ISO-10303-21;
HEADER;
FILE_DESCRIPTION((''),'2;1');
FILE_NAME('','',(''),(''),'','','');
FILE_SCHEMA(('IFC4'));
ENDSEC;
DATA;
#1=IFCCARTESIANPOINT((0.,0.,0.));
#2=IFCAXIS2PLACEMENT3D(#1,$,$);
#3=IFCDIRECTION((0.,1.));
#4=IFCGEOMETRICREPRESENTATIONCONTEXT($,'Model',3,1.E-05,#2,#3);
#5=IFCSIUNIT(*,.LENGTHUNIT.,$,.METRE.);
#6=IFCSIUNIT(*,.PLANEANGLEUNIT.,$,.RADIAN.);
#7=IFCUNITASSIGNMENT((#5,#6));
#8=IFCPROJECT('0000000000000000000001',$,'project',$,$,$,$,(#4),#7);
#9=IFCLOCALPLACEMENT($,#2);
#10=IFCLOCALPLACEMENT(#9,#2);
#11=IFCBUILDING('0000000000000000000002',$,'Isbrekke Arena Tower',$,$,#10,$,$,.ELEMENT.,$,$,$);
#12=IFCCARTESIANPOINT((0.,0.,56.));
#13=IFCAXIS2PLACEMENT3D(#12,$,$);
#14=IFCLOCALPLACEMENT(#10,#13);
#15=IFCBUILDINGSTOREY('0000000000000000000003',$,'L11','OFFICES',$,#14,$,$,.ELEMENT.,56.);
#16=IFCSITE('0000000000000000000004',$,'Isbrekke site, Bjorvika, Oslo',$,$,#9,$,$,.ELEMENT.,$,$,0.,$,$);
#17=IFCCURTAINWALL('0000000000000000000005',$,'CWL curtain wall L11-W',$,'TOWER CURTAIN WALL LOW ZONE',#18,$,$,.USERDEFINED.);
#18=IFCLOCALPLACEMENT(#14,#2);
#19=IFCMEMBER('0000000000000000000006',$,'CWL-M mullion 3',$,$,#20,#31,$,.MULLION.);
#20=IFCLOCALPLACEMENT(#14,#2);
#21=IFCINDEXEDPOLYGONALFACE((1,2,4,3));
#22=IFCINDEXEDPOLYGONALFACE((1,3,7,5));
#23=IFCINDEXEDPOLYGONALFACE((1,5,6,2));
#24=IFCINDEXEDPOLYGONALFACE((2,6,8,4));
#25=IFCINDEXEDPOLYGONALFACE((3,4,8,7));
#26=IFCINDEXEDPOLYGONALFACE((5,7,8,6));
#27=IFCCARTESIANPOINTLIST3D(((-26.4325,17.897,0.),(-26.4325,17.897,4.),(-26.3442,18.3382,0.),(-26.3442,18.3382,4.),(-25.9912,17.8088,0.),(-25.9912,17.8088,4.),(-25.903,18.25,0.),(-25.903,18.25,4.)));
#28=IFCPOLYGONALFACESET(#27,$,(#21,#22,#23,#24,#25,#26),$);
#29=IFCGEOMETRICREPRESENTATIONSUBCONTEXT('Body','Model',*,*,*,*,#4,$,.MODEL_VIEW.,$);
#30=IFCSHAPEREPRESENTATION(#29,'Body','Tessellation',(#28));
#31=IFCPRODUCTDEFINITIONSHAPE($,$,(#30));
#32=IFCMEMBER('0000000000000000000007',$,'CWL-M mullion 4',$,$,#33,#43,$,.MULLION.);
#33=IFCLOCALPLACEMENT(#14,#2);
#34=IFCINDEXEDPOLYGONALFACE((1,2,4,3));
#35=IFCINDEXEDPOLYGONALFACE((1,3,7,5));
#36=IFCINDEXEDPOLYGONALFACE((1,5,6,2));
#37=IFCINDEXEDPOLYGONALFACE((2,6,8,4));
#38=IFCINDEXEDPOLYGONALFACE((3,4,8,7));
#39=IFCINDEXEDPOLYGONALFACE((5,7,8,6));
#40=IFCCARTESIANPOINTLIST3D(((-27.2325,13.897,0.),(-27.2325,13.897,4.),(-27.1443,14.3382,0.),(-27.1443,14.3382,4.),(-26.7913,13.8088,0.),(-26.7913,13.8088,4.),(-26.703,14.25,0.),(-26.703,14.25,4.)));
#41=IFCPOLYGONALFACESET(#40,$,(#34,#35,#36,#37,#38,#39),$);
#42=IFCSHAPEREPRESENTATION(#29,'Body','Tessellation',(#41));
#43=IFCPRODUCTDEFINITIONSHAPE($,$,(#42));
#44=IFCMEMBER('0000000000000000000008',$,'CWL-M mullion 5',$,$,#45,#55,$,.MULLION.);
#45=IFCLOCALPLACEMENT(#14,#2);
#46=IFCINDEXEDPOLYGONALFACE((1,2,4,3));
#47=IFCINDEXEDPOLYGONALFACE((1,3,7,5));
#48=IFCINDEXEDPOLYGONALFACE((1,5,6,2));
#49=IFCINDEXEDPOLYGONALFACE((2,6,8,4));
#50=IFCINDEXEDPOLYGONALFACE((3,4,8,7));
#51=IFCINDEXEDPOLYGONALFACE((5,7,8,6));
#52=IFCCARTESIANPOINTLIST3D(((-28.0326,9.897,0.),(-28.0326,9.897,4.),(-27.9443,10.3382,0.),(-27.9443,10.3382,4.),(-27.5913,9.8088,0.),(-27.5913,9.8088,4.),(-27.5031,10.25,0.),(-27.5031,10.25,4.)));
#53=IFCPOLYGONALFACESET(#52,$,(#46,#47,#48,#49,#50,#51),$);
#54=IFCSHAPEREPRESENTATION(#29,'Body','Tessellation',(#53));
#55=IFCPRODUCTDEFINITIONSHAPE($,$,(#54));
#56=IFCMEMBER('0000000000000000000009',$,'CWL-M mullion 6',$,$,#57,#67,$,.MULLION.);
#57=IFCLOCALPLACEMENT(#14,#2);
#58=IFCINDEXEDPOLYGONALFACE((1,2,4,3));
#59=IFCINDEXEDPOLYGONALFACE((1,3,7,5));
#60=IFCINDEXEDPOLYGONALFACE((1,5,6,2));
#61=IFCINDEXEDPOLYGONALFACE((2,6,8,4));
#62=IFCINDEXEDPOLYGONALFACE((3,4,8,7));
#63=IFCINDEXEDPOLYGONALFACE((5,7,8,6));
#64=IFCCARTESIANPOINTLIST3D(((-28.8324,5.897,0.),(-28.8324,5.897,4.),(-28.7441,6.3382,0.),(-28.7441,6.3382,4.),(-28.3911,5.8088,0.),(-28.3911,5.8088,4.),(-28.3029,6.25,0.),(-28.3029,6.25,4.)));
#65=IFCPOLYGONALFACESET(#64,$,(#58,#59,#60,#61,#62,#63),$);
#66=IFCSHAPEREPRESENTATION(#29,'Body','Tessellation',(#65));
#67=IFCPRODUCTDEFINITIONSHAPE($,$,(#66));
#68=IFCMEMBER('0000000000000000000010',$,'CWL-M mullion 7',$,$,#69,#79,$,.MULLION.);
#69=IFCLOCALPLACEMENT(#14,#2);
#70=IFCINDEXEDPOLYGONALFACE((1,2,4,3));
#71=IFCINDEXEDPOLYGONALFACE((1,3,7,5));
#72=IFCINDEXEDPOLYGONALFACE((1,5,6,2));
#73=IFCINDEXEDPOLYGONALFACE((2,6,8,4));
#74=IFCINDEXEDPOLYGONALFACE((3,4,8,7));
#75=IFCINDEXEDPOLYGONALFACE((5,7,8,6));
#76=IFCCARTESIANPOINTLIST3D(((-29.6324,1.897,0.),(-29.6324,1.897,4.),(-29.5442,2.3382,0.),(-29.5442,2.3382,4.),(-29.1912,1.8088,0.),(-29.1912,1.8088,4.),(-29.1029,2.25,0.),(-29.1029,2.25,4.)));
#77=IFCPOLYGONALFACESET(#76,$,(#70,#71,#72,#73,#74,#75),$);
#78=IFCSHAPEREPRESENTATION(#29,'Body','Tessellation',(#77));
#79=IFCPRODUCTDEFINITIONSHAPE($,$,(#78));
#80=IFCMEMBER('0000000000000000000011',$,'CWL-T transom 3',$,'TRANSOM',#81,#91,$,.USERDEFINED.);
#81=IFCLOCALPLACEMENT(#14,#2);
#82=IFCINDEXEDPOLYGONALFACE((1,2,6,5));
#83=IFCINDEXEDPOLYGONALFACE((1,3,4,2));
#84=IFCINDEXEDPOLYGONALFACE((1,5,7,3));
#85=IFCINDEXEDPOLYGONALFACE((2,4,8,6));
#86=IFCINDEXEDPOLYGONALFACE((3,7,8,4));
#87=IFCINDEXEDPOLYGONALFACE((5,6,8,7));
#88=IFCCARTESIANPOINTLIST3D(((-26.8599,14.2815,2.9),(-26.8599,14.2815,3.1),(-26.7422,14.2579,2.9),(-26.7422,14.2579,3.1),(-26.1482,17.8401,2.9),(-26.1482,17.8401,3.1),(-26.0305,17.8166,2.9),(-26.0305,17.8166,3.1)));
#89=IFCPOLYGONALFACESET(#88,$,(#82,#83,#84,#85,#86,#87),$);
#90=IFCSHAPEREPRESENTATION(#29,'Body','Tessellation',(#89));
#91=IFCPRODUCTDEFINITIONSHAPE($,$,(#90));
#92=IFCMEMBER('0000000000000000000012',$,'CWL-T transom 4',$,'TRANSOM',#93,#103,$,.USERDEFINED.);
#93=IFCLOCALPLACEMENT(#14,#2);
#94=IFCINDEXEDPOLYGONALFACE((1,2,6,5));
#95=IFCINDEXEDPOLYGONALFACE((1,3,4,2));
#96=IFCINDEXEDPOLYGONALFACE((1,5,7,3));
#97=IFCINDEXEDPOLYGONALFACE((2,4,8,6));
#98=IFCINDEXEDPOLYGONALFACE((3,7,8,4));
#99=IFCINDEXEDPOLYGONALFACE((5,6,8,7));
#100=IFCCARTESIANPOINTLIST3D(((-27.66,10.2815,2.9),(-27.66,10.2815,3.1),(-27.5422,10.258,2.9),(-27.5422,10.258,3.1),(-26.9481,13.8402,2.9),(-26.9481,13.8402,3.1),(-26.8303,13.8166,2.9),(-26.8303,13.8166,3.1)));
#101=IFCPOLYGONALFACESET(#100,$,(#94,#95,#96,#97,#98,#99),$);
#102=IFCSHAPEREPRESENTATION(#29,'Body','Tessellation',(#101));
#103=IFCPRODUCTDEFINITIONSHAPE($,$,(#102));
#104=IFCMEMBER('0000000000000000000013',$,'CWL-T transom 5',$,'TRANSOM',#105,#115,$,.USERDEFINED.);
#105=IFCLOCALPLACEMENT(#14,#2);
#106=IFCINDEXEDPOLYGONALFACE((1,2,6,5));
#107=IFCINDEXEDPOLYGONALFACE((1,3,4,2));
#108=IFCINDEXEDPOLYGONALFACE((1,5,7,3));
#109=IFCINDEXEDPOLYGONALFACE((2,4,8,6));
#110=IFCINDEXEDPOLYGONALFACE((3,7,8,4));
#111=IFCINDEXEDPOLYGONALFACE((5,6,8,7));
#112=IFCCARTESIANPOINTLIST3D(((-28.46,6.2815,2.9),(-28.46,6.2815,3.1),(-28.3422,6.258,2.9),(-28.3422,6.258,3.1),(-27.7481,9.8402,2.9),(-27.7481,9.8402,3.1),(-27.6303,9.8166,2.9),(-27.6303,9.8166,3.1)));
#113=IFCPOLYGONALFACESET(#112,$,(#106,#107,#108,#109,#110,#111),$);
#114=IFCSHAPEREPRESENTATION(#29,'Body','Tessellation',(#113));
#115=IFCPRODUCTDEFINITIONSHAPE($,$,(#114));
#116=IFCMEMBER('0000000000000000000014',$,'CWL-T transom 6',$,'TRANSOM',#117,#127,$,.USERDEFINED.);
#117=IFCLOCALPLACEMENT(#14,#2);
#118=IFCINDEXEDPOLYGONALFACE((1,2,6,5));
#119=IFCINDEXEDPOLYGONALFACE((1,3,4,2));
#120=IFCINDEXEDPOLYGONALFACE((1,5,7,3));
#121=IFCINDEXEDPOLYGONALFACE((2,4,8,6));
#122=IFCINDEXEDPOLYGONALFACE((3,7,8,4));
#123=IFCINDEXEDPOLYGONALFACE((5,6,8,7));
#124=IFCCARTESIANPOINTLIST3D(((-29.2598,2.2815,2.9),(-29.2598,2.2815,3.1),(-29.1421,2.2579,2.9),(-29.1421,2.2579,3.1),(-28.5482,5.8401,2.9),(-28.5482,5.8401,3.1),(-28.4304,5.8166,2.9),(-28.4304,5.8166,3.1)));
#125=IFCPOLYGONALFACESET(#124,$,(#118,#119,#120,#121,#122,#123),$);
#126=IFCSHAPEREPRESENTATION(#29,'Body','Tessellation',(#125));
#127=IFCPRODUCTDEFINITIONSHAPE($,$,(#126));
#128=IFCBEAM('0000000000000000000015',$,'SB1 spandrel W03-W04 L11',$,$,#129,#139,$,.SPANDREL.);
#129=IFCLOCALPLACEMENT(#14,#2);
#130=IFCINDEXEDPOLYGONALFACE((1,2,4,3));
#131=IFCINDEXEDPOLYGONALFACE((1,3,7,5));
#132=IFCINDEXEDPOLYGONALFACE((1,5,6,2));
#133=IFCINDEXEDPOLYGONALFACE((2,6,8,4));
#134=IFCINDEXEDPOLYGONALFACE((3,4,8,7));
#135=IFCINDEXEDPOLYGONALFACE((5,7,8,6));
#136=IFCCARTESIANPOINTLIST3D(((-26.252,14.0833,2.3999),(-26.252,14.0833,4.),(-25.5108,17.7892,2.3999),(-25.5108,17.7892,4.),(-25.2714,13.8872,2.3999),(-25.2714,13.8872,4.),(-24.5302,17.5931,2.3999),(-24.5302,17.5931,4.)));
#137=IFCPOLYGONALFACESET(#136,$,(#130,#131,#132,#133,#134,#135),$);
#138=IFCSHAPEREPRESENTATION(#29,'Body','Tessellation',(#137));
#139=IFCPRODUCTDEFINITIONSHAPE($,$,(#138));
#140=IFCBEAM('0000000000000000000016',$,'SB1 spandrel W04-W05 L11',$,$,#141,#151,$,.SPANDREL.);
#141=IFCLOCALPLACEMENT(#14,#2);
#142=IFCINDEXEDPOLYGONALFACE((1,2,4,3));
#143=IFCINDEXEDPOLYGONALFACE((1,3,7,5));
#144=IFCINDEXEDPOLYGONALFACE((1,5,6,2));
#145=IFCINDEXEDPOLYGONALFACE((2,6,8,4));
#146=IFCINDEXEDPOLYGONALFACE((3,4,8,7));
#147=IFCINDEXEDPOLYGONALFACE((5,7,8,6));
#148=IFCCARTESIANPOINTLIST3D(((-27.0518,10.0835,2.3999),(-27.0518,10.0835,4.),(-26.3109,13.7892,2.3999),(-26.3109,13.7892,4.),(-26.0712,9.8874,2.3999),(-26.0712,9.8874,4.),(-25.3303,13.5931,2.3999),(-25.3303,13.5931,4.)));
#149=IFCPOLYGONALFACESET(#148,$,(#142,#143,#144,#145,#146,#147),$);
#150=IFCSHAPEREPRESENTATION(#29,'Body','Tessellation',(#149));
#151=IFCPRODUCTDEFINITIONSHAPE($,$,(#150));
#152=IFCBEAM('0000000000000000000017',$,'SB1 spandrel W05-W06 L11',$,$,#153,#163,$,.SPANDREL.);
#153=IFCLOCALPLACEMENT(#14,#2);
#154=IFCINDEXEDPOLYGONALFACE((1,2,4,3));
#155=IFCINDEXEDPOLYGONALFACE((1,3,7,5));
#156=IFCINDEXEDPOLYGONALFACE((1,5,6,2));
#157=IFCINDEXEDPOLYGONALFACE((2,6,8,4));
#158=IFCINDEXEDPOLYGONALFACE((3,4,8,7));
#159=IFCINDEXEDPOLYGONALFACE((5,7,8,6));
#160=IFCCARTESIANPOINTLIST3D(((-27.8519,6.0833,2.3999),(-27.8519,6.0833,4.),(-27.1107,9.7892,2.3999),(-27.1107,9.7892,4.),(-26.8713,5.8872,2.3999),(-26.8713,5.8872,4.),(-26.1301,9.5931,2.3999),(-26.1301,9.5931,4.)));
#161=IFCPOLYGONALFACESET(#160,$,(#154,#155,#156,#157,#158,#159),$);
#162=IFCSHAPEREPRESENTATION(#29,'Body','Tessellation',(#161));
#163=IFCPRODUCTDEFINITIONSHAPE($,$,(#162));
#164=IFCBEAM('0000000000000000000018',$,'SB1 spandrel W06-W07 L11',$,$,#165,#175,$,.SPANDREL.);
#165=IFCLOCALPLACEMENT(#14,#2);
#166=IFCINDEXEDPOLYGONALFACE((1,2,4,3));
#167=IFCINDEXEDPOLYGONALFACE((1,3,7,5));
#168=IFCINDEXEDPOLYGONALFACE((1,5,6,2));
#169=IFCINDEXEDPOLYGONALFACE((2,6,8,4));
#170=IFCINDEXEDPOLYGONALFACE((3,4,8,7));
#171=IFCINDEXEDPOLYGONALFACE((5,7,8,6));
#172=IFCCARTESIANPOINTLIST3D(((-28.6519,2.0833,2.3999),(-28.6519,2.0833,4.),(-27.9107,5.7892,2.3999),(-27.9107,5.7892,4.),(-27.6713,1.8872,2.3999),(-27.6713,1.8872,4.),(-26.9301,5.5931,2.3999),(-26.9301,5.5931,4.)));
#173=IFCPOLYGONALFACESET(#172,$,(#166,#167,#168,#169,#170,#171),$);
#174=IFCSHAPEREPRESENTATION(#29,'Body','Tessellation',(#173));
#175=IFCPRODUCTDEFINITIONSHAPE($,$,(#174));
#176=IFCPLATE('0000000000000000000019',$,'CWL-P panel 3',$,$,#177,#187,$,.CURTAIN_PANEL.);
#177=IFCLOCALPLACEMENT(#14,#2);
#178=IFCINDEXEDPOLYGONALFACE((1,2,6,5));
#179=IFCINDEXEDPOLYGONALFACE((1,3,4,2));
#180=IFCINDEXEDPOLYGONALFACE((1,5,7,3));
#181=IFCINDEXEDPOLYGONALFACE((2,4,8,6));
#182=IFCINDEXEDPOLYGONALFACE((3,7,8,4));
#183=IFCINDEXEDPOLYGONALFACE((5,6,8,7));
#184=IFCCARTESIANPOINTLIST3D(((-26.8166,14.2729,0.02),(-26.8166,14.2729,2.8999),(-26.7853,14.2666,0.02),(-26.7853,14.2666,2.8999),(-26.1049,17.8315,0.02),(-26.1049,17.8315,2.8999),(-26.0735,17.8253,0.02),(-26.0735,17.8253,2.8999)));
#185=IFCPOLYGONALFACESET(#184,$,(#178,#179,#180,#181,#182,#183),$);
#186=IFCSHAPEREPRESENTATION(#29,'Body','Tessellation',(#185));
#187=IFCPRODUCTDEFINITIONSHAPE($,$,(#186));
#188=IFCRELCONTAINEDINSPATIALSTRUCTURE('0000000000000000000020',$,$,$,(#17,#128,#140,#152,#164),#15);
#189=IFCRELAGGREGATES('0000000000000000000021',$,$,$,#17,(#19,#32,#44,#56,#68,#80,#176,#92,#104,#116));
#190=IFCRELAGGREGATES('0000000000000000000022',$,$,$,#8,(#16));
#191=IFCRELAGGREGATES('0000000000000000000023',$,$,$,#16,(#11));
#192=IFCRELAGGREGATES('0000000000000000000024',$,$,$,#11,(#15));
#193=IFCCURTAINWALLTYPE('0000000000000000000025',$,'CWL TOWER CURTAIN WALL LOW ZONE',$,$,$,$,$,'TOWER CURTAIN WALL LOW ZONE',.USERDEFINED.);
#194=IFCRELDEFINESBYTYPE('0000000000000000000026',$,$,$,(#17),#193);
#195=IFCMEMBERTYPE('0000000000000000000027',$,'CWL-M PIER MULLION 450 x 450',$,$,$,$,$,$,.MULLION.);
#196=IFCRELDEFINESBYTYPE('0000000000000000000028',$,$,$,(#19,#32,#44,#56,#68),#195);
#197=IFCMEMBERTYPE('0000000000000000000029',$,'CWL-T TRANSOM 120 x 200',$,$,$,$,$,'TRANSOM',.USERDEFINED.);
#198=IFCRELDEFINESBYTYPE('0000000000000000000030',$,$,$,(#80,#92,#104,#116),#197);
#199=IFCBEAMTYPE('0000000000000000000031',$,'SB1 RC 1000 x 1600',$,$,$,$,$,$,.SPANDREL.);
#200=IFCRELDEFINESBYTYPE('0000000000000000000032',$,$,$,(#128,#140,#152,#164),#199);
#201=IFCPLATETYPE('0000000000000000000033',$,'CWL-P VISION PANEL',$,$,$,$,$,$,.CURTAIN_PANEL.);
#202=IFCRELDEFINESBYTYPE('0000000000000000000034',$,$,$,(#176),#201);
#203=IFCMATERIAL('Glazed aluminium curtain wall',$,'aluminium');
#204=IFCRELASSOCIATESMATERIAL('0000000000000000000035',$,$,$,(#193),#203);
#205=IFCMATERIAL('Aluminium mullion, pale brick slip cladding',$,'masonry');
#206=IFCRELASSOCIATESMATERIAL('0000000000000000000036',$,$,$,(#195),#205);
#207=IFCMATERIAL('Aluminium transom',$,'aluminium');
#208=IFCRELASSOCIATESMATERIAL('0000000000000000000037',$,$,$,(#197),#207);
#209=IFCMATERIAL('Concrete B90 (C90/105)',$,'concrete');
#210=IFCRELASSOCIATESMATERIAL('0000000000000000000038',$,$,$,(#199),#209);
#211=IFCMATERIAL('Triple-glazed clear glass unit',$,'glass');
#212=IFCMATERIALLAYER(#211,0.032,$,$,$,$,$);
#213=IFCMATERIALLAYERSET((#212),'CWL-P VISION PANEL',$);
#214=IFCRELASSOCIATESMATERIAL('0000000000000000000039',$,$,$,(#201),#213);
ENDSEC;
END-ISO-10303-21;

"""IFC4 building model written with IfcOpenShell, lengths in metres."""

from ifc_helpers import new_model, si_unit, direction, frame, origin, origin_2d, place, context, subcontext, project, spatial, rectangle, extrude, material, layer, layer_set, material_profile, profile_set, type_object, element, aggregate, save


model = new_model("IFC4")

# Units and contexts
model_context = context("Model", 3, precision=1e-05, world=origin(), true_north=direction((0.0, 1.0)))
body_context = subcontext(model_context, "Body", "Model", "MODEL_VIEW")
ifc_project = project(units=[si_unit("LENGTHUNIT", "METRE"), si_unit("PLANEANGLEUNIT", "RADIAN")], contexts=[model_context])

# Site, building, storey
site_placement = place(None, origin())
site = spatial("IfcSite", under=ifc_project, at=site_placement, Name="Isbrekke site, Bjorvika, Oslo", CompositionType="ELEMENT", RefElevation=0.0)
building_placement = place(site_placement, origin())
building = spatial("IfcBuilding", under=site, at=building_placement, Name="Isbrekke Arena Tower", CompositionType="ELEMENT")
storey_placement = place(building_placement, frame((0.0, 0.0, 56.0)))
storey = spatial("IfcBuildingStorey", under=building, at=storey_placement, Name="L11", Description="OFFICES", CompositionType="ELEMENT", Elevation=56.0)

# Curtain wall, members
ifc_material_1 = material(Name="Glazed aluminium curtain wall", Category="aluminium")
curtain_wall_type = type_object("IfcCurtainWallType", Name="CWL TOWER CURTAIN WALL LOW ZONE", ElementType="TOWER CURTAIN WALL LOW ZONE", PredefinedType="USERDEFINED", material=ifc_material_1)
curtain_wall_placement = place(storey_placement, origin())
curtain_wall = element("IfcCurtainWall", 1, at=curtain_wall_placement, inside=storey, type_object=curtain_wall_type, Name="CWL curtain wall L11-W", ObjectType="TOWER CURTAIN WALL LOW ZONE", PredefinedType="USERDEFINED")
ifc_material_2 = material(Name="Aluminium mullion, pale brick slip cladding", Category="masonry")
ifc_material_profile_1 = material_profile(ifc_material_2, rectangle(XDim=0.45, YDim=0.45, at=origin_2d()), Name="PIER 450X450")
ifc_profile_set_1 = profile_set([ifc_material_profile_1], Name="Aluminium mullion, pale brick slip cladding")
member_type_1 = type_object("IfcMemberType", Name="CWL-M PIER MULLION 450 x 450", PredefinedType="MULLION", material=ifc_profile_set_1)
member_1_placement = place(storey_placement, frame((-26.1677, 18.0735, 0.0), z_axis=(0.0, 0.0, 1.0), x_axis=(-0.196116, -0.980581, 0.0)))
member_1 = element("IfcMember", 2, at=member_1_placement, type_object=member_type_1, Name="CWL-M mullion 3", PredefinedType="MULLION", context=body_context, shape_type="SweptSolid", body=[
    extrude(rectangle(XDim=0.45, YDim=0.45, at=origin_2d()), origin(), (0.0, 0.0, 1.0), 4.0),
])
member_2_placement = place(storey_placement, frame((-26.9678, 14.0735, 0.0), z_axis=(0.0, 0.0, 1.0), x_axis=(-0.196116, -0.980581, 0.0)))
member_2 = element("IfcMember", 3, at=member_2_placement, type_object=member_type_1, Name="CWL-M mullion 4", PredefinedType="MULLION", context=body_context, shape_type="SweptSolid", body=[
    extrude(rectangle(XDim=0.45, YDim=0.45, at=origin_2d()), origin(), (0.0, 0.0, 1.0), 4.0),
])
member_3_placement = place(storey_placement, frame((-27.7678, 10.0735, 0.0), z_axis=(0.0, 0.0, 1.0), x_axis=(-0.196116, -0.980581, 0.0)))
member_3 = element("IfcMember", 4, at=member_3_placement, type_object=member_type_1, Name="CWL-M mullion 5", PredefinedType="MULLION", context=body_context, shape_type="SweptSolid", body=[
    extrude(rectangle(XDim=0.45, YDim=0.45, at=origin_2d()), origin(), (0.0, 0.0, 1.0), 4.0),
])
member_4_placement = place(storey_placement, frame((-28.5676, 6.0735, 0.0), z_axis=(0.0, 0.0, 1.0), x_axis=(-0.196116, -0.980581, 0.0)))
member_4 = element("IfcMember", 5, at=member_4_placement, type_object=member_type_1, Name="CWL-M mullion 6", PredefinedType="MULLION", context=body_context, shape_type="SweptSolid", body=[
    extrude(rectangle(XDim=0.45, YDim=0.45, at=origin_2d()), origin(), (0.0, 0.0, 1.0), 4.0),
])
member_5_placement = place(storey_placement, frame((-29.3677, 2.0735, 0.0), z_axis=(0.0, 0.0, 1.0), x_axis=(-0.196116, -0.980581, 0.0)))
member_5 = element("IfcMember", 6, at=member_5_placement, type_object=member_type_1, Name="CWL-M mullion 7", PredefinedType="MULLION", context=body_context, shape_type="SweptSolid", body=[
    extrude(rectangle(XDim=0.45, YDim=0.45, at=origin_2d()), origin(), (0.0, 0.0, 1.0), 4.0),
])
ifc_material_3 = material(Name="Aluminium transom", Category="aluminium")
ifc_material_profile_2 = material_profile(ifc_material_3, rectangle(XDim=0.1201, YDim=0.2, at=origin_2d()), Name="TRANSOM 120X200")
ifc_profile_set_2 = profile_set([ifc_material_profile_2], Name="Aluminium transom")
member_type_2 = type_object("IfcMemberType", Name="CWL-T TRANSOM 120 x 200", ElementType="TRANSOM", PredefinedType="USERDEFINED", material=ifc_profile_set_2)
member_6_placement = place(storey_placement, frame((-26.0894, 17.8284, 3.0), z_axis=(-0.196103, -0.980583, 0.0), x_axis=(0.980583, -0.196103, 0.0)))
member_6 = element("IfcMember", 7, at=member_6_placement, type_object=member_type_2, Name="CWL-T transom 3", ObjectType="TRANSOM", PredefinedType="USERDEFINED", context=body_context, shape_type="SweptSolid", body=[
    extrude(rectangle(XDim=0.1201, YDim=0.2, at=origin_2d()), origin(), (0.0, 0.0, 1.0), 3.6292),
])
member_7_placement = place(storey_placement, frame((-26.8892, 13.8284, 3.0), z_axis=(-0.196168, -0.98057, 0.0), x_axis=(0.98057, -0.196168, 0.0)))
member_7 = element("IfcMember", 8, at=member_7_placement, type_object=member_type_2, Name="CWL-T transom 4", ObjectType="TRANSOM", PredefinedType="USERDEFINED", context=body_context, shape_type="SweptSolid", body=[
    extrude(rectangle(XDim=0.1201, YDim=0.2, at=origin_2d()), origin(), (0.0, 0.0, 1.0), 3.6292),
])
member_8_placement = place(storey_placement, frame((-27.6892, 9.8284, 3.0), z_axis=(-0.196168, -0.98057, 0.0), x_axis=(0.98057, -0.196168, 0.0)))
member_8 = element("IfcMember", 9, at=member_8_placement, type_object=member_type_2, Name="CWL-T transom 5", ObjectType="TRANSOM", PredefinedType="USERDEFINED", context=body_context, shape_type="SweptSolid", body=[
    extrude(rectangle(XDim=0.1201, YDim=0.2, at=origin_2d()), origin(), (0.0, 0.0, 1.0), 3.6292),
])
member_9_placement = place(storey_placement, frame((-28.4893, 5.8284, 3.0), z_axis=(-0.196103, -0.980583, 0.0), x_axis=(0.980583, -0.196103, 0.0)))
member_9 = element("IfcMember", 10, at=member_9_placement, type_object=member_type_2, Name="CWL-T transom 6", ObjectType="TRANSOM", PredefinedType="USERDEFINED", context=body_context, shape_type="SweptSolid", body=[
    extrude(rectangle(XDim=0.1201, YDim=0.2, at=origin_2d()), origin(), (0.0, 0.0, 1.0), 3.6292),
])

# Beams
ifc_material_4 = material(Name="Concrete B90 (C90/105)", Category="concrete")
ifc_material_profile_3 = material_profile(ifc_material_4, rectangle(XDim=1.0, YDim=1.6001, at=origin_2d()), Name="RC 1000x1600")
ifc_profile_set_3 = profile_set([ifc_material_profile_3], Name="Concrete B90 (C90/105)")
beam_type_1 = type_object("IfcBeamType", Name="SB1 RC 1000 x 1600", PredefinedType="SPANDREL", material=ifc_profile_set_3)
beam_1_placement = place(storey_placement, frame((-25.0205, 17.6912, 3.2), z_axis=(-0.196129, -0.980578, 0.0), x_axis=(0.980578, -0.196129, 0.0)))
element("IfcBeam", 11, at=beam_1_placement, inside=storey, type_object=beam_type_1, Name="SB1 spandrel W03-W04 L11", PredefinedType="SPANDREL", context=body_context, shape_type="SweptSolid", body=[
    extrude(rectangle(XDim=1.0, YDim=1.6001, at=origin_2d()), origin(), (0.0, 0.0, 1.0), 3.7793),
])
beam_2_placement = place(storey_placement, frame((-25.8206, 13.6912, 3.2), z_axis=(-0.196066, -0.980591, 0.0), x_axis=(0.980591, -0.196066, 0.0)))
element("IfcBeam", 12, at=beam_2_placement, inside=storey, type_object=beam_type_1, Name="SB1 spandrel W04-W05 L11", PredefinedType="SPANDREL", context=body_context, shape_type="SweptSolid", body=[
    extrude(rectangle(XDim=1.0, YDim=1.6001, at=origin_2d()), origin(), (0.0, 0.0, 1.0), 3.7791),
])
for number, where, z_axis, x_axis, name in (
    (13, (-26.6204, 9.6912, 3.2), (-0.196129, -0.980578, 0.0), (0.980578, -0.196129, 0.0), "SB1 spandrel W05-W06 L11"),
    (14, (-27.4204, 5.6912, 3.2), (-0.196129, -0.980578, 0.0), (0.980578, -0.196129, 0.0), "SB1 spandrel W06-W07 L11"),
):
    element("IfcBeam", number, at=place(storey_placement, frame(where, z_axis=z_axis, x_axis=x_axis)), inside=storey, type_object=beam_type_1, Name=name, PredefinedType="SPANDREL", context=body_context, shape_type="SweptSolid", body=[
        extrude(rectangle(XDim=1.0, YDim=1.6001, at=origin_2d()), origin(), (0.0, 0.0, 1.0), 3.7793),
    ])

# Plate
ifc_material_5 = material(Name="Triple-glazed clear glass unit", Category="glass")
ifc_layer_1 = layer(ifc_material_5, 0.032)
ifc_layer_set_1 = layer_set([ifc_layer_1], Name="CWL-P VISION PANEL")
plate_type = type_object("IfcPlateType", Name="CWL-P VISION PANEL", PredefinedType="CURTAIN_PANEL", material=ifc_layer_set_1)
plate_1_placement = place(storey_placement, frame((-26.4451, 16.0491, 0.02), z_axis=(0.0, 0.0, 1.0), x_axis=(-0.196116, -0.980581, 0.0)))
plate_1 = element("IfcPlate", 15, at=plate_1_placement, type_object=plate_type, Name="CWL-P panel 3", PredefinedType="CURTAIN_PANEL", context=body_context, shape_type="SweptSolid", body=[
    extrude(rectangle(XDim=3.6292, YDim=0.032, at=origin_2d()), origin(), (0.0, 0.0, 1.0), 2.8799),
])
aggregate(curtain_wall, [member_1, member_2, member_3, member_4, member_5, member_6, plate_1, member_7, member_8, member_9])

save(model, "model.ifc")
